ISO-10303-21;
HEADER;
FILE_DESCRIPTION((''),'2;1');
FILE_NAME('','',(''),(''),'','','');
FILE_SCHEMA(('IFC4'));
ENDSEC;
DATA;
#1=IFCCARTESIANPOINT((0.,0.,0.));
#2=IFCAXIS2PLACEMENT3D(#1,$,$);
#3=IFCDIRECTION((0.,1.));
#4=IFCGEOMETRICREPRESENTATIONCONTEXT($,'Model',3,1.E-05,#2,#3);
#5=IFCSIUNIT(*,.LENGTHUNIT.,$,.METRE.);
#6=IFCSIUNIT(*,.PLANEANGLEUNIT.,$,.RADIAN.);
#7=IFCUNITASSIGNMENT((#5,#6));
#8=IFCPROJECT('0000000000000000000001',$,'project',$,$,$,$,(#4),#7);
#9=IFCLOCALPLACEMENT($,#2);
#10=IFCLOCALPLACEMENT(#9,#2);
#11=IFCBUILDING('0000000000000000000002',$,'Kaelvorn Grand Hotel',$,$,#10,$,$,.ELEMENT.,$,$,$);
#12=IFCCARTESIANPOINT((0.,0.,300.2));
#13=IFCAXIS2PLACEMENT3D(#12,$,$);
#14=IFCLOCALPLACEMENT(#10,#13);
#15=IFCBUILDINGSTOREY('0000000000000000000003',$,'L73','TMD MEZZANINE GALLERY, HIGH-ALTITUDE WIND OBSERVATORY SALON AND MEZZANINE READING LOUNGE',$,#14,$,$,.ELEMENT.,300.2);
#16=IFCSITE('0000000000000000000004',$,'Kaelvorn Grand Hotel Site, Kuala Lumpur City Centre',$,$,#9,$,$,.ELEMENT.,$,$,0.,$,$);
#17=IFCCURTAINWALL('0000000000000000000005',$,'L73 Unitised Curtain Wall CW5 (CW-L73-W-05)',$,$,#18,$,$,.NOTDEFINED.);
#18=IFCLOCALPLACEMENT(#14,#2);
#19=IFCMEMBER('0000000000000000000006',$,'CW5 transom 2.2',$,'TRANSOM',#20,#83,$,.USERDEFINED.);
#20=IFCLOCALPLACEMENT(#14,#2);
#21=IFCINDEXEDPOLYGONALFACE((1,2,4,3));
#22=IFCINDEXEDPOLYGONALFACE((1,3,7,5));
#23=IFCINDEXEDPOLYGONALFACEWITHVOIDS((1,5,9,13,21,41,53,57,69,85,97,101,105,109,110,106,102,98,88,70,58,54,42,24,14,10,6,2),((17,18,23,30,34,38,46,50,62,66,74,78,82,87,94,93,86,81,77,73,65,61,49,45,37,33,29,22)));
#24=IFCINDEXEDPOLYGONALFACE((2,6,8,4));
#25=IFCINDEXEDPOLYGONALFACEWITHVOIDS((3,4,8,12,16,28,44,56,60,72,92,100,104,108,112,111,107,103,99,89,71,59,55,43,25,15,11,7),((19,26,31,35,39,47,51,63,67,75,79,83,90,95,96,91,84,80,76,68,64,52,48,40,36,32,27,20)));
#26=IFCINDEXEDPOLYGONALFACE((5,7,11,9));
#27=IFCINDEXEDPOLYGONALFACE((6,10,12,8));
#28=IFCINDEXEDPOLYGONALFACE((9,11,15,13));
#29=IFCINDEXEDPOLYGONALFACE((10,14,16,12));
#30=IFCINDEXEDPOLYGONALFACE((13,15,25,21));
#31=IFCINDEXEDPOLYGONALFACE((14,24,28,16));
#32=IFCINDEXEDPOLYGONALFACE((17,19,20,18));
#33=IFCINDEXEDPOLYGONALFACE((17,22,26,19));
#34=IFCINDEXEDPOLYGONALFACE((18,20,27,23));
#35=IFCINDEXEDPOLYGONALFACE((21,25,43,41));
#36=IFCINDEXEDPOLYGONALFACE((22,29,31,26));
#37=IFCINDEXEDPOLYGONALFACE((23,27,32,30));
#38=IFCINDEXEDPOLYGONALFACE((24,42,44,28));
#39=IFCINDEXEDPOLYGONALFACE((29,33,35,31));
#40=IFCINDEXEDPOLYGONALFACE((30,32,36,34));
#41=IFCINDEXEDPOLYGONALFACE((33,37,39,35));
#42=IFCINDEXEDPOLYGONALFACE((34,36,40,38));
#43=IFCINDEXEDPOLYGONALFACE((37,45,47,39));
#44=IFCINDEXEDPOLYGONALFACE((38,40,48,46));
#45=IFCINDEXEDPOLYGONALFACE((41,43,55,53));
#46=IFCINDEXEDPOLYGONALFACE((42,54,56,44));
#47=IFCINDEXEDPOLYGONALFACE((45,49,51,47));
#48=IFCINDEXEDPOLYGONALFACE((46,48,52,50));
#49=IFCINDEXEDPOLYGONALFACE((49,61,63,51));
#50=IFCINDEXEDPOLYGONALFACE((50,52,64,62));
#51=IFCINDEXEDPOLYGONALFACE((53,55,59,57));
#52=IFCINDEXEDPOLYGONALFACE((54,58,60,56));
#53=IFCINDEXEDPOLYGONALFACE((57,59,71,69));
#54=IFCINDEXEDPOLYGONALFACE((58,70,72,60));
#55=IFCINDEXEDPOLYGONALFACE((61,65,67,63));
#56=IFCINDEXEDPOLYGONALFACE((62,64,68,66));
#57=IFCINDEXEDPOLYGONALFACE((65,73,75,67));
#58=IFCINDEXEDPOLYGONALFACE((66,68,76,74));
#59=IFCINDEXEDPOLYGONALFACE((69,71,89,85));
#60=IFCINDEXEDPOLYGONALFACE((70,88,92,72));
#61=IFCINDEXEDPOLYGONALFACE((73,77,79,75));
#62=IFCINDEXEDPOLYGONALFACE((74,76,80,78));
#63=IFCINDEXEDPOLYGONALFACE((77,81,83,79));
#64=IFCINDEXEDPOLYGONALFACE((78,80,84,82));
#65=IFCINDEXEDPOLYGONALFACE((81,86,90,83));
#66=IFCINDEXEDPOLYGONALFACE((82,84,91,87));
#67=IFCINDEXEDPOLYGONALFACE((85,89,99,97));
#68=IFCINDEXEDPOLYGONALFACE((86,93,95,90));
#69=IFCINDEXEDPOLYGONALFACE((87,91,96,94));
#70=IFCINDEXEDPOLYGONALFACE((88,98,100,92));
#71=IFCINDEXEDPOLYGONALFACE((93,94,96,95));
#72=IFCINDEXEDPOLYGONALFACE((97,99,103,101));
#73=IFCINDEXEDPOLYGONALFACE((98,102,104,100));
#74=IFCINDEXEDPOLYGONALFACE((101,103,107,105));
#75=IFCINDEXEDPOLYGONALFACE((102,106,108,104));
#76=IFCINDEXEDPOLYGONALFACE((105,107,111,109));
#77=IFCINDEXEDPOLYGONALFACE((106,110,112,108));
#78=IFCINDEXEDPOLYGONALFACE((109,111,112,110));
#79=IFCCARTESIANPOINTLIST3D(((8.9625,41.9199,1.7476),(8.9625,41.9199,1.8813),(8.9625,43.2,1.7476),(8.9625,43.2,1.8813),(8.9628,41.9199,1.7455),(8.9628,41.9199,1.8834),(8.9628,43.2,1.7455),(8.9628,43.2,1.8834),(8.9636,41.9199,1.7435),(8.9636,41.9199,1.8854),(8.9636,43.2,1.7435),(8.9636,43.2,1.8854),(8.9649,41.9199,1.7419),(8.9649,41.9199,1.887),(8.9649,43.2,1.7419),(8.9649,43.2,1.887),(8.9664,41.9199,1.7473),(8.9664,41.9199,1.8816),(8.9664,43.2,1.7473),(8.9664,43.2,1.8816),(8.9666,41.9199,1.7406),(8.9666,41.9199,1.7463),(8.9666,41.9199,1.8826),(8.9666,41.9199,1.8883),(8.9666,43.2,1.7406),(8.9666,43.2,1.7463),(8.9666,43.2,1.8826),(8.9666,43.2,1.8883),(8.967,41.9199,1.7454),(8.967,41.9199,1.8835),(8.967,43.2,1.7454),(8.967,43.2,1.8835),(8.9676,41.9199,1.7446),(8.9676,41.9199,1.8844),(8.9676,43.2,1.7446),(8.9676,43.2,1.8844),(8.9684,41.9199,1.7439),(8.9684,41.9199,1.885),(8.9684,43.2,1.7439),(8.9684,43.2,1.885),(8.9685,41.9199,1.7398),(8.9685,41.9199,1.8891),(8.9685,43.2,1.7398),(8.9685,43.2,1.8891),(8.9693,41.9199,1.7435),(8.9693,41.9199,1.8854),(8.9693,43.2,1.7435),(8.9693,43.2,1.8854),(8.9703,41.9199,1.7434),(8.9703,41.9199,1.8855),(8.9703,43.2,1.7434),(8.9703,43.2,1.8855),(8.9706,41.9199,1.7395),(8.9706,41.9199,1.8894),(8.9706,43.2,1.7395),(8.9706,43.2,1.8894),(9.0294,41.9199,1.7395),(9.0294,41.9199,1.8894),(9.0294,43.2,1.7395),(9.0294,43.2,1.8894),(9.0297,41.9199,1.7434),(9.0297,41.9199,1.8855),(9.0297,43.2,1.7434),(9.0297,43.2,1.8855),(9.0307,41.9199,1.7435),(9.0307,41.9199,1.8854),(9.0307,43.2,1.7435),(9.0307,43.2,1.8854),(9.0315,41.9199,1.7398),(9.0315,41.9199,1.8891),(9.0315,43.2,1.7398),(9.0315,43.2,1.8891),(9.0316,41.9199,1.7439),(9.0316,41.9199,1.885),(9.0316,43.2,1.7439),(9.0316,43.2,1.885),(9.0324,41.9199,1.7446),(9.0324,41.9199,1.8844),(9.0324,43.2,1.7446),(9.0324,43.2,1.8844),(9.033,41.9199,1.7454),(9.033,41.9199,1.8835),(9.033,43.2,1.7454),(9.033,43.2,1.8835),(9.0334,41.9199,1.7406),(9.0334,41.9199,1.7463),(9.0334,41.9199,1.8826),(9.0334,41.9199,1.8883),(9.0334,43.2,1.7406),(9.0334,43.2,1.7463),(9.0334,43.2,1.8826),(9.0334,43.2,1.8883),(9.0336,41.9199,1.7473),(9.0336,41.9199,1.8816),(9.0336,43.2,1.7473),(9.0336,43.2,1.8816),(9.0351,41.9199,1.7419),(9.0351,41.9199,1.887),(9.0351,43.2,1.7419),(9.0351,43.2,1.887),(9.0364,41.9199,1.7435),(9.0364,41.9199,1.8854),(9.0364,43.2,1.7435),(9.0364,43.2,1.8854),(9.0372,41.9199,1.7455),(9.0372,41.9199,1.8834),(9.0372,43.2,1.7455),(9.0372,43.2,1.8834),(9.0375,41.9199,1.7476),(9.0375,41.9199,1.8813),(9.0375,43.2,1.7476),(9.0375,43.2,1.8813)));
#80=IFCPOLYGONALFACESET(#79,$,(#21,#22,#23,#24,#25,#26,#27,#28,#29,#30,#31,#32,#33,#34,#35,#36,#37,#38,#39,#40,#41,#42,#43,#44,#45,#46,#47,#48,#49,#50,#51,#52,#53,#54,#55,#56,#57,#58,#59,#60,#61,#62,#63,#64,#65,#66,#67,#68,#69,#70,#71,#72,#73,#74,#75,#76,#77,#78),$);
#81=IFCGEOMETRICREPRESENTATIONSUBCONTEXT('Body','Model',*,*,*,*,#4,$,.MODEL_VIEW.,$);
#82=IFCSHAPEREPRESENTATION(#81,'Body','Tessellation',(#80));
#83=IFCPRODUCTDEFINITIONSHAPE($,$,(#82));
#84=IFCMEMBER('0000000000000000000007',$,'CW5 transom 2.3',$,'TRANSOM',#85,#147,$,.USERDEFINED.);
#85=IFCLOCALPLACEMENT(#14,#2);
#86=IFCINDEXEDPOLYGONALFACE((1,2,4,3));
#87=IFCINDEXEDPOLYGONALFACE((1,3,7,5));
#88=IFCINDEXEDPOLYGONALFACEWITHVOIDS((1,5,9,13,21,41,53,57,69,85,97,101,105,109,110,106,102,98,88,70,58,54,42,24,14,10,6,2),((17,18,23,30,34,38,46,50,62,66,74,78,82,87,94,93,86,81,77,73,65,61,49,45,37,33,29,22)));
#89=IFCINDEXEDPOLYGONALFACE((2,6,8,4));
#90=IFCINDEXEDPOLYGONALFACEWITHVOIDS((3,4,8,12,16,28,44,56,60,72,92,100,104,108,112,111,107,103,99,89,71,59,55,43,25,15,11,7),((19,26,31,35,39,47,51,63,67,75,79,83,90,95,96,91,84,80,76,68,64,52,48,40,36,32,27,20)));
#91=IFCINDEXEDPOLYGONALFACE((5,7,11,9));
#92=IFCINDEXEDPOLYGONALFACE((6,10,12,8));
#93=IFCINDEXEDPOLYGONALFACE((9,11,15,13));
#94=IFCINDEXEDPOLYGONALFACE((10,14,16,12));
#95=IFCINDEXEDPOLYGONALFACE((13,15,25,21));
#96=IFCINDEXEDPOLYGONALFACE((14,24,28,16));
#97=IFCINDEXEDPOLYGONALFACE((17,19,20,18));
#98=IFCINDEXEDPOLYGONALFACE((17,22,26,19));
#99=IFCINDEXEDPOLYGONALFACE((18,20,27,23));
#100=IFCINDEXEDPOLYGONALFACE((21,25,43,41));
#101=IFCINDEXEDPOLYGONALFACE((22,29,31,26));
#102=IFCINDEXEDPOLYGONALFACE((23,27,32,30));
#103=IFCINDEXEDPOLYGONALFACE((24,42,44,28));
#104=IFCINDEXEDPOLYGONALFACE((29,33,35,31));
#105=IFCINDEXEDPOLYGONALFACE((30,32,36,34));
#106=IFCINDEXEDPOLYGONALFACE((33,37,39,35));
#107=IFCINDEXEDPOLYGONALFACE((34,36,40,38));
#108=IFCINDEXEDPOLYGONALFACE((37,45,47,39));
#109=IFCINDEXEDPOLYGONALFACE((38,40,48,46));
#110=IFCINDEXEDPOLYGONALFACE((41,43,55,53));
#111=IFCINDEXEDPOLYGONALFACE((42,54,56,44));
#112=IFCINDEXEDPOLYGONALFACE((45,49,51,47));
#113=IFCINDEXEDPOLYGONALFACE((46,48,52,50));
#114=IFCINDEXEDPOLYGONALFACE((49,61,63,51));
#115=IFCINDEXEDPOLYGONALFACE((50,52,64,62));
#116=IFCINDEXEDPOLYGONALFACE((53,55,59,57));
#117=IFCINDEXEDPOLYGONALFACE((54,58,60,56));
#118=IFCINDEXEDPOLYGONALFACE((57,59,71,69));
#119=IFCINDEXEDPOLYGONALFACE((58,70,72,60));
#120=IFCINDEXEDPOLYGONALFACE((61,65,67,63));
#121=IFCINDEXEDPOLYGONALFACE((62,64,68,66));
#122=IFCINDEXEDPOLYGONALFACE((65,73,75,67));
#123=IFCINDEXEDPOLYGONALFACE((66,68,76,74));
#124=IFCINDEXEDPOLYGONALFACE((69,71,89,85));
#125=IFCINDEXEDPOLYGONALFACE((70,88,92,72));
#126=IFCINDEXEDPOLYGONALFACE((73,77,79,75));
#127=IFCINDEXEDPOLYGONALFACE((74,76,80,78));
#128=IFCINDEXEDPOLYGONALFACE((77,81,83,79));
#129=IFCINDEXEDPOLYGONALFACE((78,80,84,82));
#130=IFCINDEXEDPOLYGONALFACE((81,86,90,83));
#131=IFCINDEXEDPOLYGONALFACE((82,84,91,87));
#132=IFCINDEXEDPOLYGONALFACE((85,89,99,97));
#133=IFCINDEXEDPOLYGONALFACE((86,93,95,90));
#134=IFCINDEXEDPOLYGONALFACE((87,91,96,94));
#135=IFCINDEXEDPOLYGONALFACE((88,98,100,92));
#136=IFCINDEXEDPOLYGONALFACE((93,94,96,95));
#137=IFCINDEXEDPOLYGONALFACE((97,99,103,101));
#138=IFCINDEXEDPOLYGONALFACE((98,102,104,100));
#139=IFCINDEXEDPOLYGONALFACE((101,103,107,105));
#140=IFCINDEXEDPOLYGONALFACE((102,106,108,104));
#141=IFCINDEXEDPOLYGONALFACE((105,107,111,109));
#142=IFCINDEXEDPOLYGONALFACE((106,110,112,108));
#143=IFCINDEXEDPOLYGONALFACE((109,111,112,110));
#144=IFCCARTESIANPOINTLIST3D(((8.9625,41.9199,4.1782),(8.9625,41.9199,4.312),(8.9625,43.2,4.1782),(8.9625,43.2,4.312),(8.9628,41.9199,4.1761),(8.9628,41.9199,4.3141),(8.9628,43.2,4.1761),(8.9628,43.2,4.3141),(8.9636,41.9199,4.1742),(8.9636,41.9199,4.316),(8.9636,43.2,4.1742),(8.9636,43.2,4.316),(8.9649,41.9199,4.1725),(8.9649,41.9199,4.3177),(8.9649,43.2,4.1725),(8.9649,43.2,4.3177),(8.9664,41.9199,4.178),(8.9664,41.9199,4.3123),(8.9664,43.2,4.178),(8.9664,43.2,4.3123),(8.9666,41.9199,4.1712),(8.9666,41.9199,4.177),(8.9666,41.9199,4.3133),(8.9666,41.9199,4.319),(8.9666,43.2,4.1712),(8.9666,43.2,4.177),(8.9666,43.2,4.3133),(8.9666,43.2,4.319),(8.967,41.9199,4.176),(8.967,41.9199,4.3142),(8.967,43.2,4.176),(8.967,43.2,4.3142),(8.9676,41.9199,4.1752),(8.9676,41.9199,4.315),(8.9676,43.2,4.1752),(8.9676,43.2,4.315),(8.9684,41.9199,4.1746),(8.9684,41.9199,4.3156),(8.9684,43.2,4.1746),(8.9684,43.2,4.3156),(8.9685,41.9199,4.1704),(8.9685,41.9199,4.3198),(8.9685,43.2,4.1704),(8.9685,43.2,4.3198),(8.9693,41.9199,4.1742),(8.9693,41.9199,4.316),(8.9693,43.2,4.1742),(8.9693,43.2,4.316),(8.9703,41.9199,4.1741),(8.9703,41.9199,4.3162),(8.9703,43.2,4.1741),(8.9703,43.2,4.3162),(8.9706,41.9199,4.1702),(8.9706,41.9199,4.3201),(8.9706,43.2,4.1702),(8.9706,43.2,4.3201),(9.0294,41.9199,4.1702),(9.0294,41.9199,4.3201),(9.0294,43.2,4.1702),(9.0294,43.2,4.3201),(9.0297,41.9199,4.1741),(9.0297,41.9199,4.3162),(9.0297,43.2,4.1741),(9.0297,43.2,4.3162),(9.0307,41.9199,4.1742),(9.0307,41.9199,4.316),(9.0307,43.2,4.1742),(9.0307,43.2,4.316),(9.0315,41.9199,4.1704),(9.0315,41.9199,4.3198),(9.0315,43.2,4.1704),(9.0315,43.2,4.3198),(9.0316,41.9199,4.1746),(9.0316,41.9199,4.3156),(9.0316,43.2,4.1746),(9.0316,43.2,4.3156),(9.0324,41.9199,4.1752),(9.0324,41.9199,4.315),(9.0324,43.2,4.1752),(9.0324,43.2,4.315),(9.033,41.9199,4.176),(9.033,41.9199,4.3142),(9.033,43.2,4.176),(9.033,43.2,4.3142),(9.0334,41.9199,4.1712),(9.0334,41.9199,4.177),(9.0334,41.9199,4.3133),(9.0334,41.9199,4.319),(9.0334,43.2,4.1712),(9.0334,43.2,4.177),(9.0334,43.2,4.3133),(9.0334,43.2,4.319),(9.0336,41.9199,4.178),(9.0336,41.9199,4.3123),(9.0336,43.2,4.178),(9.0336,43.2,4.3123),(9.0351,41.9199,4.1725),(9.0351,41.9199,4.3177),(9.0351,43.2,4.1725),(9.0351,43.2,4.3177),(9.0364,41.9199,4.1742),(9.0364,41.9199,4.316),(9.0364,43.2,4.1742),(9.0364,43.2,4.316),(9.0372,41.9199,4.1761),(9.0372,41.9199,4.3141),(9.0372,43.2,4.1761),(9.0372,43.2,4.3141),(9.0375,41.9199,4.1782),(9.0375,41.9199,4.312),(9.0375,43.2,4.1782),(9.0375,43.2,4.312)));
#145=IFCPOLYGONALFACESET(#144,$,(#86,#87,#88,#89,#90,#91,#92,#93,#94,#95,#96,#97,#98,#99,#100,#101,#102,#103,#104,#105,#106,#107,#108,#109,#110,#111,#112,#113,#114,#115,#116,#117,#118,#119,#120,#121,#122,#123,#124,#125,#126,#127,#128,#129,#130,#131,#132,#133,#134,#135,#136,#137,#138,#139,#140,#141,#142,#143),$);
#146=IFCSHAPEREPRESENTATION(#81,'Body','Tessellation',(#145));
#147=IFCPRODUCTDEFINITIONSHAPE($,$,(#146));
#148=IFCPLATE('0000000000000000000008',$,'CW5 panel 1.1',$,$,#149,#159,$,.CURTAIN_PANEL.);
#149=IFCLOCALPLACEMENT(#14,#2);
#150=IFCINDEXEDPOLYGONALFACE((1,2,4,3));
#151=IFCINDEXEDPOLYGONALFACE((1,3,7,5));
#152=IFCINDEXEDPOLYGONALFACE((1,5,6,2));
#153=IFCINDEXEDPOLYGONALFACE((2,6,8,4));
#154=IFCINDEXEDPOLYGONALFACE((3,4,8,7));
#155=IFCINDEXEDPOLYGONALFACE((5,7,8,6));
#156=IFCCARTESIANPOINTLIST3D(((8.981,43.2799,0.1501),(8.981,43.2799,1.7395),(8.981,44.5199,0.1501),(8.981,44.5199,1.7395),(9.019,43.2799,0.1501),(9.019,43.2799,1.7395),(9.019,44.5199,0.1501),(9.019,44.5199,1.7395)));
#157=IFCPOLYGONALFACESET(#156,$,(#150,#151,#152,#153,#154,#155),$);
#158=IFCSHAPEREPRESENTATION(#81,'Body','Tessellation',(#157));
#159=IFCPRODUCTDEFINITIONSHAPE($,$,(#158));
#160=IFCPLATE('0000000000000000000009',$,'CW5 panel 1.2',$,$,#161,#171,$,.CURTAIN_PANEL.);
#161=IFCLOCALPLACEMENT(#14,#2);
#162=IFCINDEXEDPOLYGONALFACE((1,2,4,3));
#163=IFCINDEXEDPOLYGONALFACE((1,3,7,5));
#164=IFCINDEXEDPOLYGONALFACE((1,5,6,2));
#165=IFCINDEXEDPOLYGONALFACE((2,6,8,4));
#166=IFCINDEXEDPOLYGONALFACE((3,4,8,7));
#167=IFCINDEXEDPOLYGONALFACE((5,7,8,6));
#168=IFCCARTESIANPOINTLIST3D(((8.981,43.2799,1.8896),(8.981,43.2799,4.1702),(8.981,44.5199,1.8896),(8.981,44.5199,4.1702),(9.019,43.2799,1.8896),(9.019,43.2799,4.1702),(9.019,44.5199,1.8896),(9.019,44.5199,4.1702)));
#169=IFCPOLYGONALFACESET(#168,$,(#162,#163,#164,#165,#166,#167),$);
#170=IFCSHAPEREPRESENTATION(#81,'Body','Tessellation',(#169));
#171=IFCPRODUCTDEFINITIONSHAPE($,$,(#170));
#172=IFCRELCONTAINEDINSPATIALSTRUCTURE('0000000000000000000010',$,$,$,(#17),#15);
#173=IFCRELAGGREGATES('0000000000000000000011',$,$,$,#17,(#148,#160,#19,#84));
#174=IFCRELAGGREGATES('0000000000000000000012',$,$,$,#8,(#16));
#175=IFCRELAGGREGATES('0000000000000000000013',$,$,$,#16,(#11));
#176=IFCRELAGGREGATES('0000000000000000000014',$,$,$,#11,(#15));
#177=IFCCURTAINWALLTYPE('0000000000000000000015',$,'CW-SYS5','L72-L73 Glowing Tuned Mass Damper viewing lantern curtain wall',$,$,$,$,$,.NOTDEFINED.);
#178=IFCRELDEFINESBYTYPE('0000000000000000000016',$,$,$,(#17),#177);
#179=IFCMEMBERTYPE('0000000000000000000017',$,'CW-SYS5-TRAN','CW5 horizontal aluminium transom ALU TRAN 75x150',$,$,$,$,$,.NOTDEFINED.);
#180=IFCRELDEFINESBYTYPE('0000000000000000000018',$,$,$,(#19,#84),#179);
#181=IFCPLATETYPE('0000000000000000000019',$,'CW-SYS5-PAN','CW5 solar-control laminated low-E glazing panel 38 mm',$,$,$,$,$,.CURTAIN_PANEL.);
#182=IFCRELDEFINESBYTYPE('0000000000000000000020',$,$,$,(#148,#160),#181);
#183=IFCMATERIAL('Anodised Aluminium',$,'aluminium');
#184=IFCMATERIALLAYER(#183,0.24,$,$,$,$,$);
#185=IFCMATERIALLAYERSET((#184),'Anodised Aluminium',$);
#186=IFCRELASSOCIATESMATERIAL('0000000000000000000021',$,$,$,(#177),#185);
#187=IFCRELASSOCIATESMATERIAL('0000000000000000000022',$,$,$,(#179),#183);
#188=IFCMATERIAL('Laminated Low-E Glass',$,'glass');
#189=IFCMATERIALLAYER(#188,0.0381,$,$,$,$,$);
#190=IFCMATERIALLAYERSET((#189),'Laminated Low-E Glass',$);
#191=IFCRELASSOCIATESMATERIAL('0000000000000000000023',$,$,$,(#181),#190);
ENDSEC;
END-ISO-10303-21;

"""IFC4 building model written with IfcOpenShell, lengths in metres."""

from ifc_helpers import new_model, si_unit, direction, frame, origin, origin_2d, place, context, subcontext, project, spatial, rectangle, hollow_rectangle, extrude, material, layer, layer_set, material_profile, profile_set, type_object, element, aggregate, save


model = new_model("IFC4")

# Units and contexts
model_context = context("Model", 3, precision=1e-05, world=origin(), true_north=direction((0.0, 1.0)))
body_context = subcontext(model_context, "Body", "Model", "MODEL_VIEW")
ifc_project = project(units=[si_unit("LENGTHUNIT", "METRE"), si_unit("PLANEANGLEUNIT", "RADIAN")], contexts=[model_context])

# Site, building, storey
site_placement = place(None, origin())
site = spatial("IfcSite", under=ifc_project, at=site_placement, Name="Kaelvorn Grand Hotel Site, Kuala Lumpur City Centre", CompositionType="ELEMENT", RefElevation=0.0)
building_placement = place(site_placement, origin())
building = spatial("IfcBuilding", under=site, at=building_placement, Name="Kaelvorn Grand Hotel", CompositionType="ELEMENT")
storey_placement = place(building_placement, frame((0.0, 0.0, 300.2)))
storey = spatial("IfcBuildingStorey", under=building, at=storey_placement, Name="L73", Description="TMD MEZZANINE GALLERY, HIGH-ALTITUDE WIND OBSERVATORY SALON AND MEZZANINE READING LOUNGE", CompositionType="ELEMENT", Elevation=300.2)

# Curtain wall, members, plates
ifc_material_1 = material(Name="Anodised Aluminium", Category="aluminium")
ifc_layer_1 = layer(ifc_material_1, 0.24)
ifc_layer_set_1 = layer_set([ifc_layer_1], Name="Anodised Aluminium")
curtain_wall_type = type_object("IfcCurtainWallType", Name="CW-SYS5", Description="L72-L73 Glowing Tuned Mass Damper viewing lantern curtain wall", PredefinedType="NOTDEFINED", material=ifc_layer_set_1)
curtain_wall_placement = place(storey_placement, origin())
curtain_wall = element("IfcCurtainWall", 1, at=curtain_wall_placement, inside=storey, type_object=curtain_wall_type, Name="L73 Unitised Curtain Wall CW5 (CW-L73-W-05)", PredefinedType="NOTDEFINED")
ifc_material_profile_1 = material_profile(ifc_material_1, hollow_rectangle(XDim=0.075, YDim=0.1499, WallThickness=0.0039, InnerFilletRadius=0.0039, OuterFilletRadius=0.0081, at=origin_2d()), Name="ALU TRAN 75x150")
ifc_profile_set_1 = profile_set([ifc_material_profile_1], Name="Anodised Aluminium")
member_type_1 = type_object("IfcMemberType", Name="CW-SYS5-TRAN", Description="CW5 horizontal aluminium transom ALU TRAN 75x150", PredefinedType="NOTDEFINED", material=ifc_profile_set_1)
member_1_placement = place(storey_placement, frame((9.0, 43.2, 1.8145), z_axis=(0.0, -1.0, 0.0), x_axis=(1.0, 0.0, 0.0)))
member_1 = element("IfcMember", 2, at=member_1_placement, type_object=member_type_1, Name="CW5 transom 2.2", ObjectType="TRANSOM", PredefinedType="USERDEFINED", context=body_context, shape_type="SweptSolid", body=[
    extrude(hollow_rectangle(XDim=0.075, YDim=0.1499, WallThickness=0.0039, InnerFilletRadius=0.0039, OuterFilletRadius=0.0081, at=origin_2d()), origin(), (0.0, 0.0, 1.0), 1.28),
])
member_2_placement = place(storey_placement, frame((9.0, 43.2, 4.2451), z_axis=(0.0, -1.0, 0.0), x_axis=(1.0, 0.0, 0.0)))
member_2 = element("IfcMember", 3, at=member_2_placement, type_object=member_type_1, Name="CW5 transom 2.3", ObjectType="TRANSOM", PredefinedType="USERDEFINED", context=body_context, shape_type="SweptSolid", body=[
    extrude(hollow_rectangle(XDim=0.075, YDim=0.1499, WallThickness=0.0039, InnerFilletRadius=0.0039, OuterFilletRadius=0.0081, at=origin_2d()), origin(), (0.0, 0.0, 1.0), 1.28),
])
ifc_material_2 = material(Name="Laminated Low-E Glass", Category="glass")
ifc_layer_2 = layer(ifc_material_2, 0.0381)
ifc_layer_set_2 = layer_set([ifc_layer_2], Name="Laminated Low-E Glass")
plate_type = type_object("IfcPlateType", Name="CW-SYS5-PAN", Description="CW5 solar-control laminated low-E glazing panel 38 mm", PredefinedType="CURTAIN_PANEL", material=ifc_layer_set_2)
plate_1_placement = place(storey_placement, frame((9.0, 43.8999, 0.1501), z_axis=(0.0, 0.0, 1.0), x_axis=(0.0, -1.0, 0.0)))
plate_1 = element("IfcPlate", 4, at=plate_1_placement, type_object=plate_type, Name="CW5 panel 1.1", PredefinedType="CURTAIN_PANEL", context=body_context, shape_type="SweptSolid", body=[
    extrude(rectangle(XDim=1.24, YDim=0.0381, at=origin_2d()), origin(), (0.0, 0.0, 1.0), 1.5894),
])
plate_2_placement = place(storey_placement, frame((9.0, 43.8999, 1.8896), z_axis=(0.0, 0.0, 1.0), x_axis=(0.0, -1.0, 0.0)))
plate_2 = element("IfcPlate", 5, at=plate_2_placement, type_object=plate_type, Name="CW5 panel 1.2", PredefinedType="CURTAIN_PANEL", context=body_context, shape_type="SweptSolid", body=[
    extrude(rectangle(XDim=1.24, YDim=0.0381, at=origin_2d()), origin(), (0.0, 0.0, 1.0), 2.2805),
])
aggregate(curtain_wall, [plate_1, plate_2, member_1, member_2])

save(model, "model.ifc")
